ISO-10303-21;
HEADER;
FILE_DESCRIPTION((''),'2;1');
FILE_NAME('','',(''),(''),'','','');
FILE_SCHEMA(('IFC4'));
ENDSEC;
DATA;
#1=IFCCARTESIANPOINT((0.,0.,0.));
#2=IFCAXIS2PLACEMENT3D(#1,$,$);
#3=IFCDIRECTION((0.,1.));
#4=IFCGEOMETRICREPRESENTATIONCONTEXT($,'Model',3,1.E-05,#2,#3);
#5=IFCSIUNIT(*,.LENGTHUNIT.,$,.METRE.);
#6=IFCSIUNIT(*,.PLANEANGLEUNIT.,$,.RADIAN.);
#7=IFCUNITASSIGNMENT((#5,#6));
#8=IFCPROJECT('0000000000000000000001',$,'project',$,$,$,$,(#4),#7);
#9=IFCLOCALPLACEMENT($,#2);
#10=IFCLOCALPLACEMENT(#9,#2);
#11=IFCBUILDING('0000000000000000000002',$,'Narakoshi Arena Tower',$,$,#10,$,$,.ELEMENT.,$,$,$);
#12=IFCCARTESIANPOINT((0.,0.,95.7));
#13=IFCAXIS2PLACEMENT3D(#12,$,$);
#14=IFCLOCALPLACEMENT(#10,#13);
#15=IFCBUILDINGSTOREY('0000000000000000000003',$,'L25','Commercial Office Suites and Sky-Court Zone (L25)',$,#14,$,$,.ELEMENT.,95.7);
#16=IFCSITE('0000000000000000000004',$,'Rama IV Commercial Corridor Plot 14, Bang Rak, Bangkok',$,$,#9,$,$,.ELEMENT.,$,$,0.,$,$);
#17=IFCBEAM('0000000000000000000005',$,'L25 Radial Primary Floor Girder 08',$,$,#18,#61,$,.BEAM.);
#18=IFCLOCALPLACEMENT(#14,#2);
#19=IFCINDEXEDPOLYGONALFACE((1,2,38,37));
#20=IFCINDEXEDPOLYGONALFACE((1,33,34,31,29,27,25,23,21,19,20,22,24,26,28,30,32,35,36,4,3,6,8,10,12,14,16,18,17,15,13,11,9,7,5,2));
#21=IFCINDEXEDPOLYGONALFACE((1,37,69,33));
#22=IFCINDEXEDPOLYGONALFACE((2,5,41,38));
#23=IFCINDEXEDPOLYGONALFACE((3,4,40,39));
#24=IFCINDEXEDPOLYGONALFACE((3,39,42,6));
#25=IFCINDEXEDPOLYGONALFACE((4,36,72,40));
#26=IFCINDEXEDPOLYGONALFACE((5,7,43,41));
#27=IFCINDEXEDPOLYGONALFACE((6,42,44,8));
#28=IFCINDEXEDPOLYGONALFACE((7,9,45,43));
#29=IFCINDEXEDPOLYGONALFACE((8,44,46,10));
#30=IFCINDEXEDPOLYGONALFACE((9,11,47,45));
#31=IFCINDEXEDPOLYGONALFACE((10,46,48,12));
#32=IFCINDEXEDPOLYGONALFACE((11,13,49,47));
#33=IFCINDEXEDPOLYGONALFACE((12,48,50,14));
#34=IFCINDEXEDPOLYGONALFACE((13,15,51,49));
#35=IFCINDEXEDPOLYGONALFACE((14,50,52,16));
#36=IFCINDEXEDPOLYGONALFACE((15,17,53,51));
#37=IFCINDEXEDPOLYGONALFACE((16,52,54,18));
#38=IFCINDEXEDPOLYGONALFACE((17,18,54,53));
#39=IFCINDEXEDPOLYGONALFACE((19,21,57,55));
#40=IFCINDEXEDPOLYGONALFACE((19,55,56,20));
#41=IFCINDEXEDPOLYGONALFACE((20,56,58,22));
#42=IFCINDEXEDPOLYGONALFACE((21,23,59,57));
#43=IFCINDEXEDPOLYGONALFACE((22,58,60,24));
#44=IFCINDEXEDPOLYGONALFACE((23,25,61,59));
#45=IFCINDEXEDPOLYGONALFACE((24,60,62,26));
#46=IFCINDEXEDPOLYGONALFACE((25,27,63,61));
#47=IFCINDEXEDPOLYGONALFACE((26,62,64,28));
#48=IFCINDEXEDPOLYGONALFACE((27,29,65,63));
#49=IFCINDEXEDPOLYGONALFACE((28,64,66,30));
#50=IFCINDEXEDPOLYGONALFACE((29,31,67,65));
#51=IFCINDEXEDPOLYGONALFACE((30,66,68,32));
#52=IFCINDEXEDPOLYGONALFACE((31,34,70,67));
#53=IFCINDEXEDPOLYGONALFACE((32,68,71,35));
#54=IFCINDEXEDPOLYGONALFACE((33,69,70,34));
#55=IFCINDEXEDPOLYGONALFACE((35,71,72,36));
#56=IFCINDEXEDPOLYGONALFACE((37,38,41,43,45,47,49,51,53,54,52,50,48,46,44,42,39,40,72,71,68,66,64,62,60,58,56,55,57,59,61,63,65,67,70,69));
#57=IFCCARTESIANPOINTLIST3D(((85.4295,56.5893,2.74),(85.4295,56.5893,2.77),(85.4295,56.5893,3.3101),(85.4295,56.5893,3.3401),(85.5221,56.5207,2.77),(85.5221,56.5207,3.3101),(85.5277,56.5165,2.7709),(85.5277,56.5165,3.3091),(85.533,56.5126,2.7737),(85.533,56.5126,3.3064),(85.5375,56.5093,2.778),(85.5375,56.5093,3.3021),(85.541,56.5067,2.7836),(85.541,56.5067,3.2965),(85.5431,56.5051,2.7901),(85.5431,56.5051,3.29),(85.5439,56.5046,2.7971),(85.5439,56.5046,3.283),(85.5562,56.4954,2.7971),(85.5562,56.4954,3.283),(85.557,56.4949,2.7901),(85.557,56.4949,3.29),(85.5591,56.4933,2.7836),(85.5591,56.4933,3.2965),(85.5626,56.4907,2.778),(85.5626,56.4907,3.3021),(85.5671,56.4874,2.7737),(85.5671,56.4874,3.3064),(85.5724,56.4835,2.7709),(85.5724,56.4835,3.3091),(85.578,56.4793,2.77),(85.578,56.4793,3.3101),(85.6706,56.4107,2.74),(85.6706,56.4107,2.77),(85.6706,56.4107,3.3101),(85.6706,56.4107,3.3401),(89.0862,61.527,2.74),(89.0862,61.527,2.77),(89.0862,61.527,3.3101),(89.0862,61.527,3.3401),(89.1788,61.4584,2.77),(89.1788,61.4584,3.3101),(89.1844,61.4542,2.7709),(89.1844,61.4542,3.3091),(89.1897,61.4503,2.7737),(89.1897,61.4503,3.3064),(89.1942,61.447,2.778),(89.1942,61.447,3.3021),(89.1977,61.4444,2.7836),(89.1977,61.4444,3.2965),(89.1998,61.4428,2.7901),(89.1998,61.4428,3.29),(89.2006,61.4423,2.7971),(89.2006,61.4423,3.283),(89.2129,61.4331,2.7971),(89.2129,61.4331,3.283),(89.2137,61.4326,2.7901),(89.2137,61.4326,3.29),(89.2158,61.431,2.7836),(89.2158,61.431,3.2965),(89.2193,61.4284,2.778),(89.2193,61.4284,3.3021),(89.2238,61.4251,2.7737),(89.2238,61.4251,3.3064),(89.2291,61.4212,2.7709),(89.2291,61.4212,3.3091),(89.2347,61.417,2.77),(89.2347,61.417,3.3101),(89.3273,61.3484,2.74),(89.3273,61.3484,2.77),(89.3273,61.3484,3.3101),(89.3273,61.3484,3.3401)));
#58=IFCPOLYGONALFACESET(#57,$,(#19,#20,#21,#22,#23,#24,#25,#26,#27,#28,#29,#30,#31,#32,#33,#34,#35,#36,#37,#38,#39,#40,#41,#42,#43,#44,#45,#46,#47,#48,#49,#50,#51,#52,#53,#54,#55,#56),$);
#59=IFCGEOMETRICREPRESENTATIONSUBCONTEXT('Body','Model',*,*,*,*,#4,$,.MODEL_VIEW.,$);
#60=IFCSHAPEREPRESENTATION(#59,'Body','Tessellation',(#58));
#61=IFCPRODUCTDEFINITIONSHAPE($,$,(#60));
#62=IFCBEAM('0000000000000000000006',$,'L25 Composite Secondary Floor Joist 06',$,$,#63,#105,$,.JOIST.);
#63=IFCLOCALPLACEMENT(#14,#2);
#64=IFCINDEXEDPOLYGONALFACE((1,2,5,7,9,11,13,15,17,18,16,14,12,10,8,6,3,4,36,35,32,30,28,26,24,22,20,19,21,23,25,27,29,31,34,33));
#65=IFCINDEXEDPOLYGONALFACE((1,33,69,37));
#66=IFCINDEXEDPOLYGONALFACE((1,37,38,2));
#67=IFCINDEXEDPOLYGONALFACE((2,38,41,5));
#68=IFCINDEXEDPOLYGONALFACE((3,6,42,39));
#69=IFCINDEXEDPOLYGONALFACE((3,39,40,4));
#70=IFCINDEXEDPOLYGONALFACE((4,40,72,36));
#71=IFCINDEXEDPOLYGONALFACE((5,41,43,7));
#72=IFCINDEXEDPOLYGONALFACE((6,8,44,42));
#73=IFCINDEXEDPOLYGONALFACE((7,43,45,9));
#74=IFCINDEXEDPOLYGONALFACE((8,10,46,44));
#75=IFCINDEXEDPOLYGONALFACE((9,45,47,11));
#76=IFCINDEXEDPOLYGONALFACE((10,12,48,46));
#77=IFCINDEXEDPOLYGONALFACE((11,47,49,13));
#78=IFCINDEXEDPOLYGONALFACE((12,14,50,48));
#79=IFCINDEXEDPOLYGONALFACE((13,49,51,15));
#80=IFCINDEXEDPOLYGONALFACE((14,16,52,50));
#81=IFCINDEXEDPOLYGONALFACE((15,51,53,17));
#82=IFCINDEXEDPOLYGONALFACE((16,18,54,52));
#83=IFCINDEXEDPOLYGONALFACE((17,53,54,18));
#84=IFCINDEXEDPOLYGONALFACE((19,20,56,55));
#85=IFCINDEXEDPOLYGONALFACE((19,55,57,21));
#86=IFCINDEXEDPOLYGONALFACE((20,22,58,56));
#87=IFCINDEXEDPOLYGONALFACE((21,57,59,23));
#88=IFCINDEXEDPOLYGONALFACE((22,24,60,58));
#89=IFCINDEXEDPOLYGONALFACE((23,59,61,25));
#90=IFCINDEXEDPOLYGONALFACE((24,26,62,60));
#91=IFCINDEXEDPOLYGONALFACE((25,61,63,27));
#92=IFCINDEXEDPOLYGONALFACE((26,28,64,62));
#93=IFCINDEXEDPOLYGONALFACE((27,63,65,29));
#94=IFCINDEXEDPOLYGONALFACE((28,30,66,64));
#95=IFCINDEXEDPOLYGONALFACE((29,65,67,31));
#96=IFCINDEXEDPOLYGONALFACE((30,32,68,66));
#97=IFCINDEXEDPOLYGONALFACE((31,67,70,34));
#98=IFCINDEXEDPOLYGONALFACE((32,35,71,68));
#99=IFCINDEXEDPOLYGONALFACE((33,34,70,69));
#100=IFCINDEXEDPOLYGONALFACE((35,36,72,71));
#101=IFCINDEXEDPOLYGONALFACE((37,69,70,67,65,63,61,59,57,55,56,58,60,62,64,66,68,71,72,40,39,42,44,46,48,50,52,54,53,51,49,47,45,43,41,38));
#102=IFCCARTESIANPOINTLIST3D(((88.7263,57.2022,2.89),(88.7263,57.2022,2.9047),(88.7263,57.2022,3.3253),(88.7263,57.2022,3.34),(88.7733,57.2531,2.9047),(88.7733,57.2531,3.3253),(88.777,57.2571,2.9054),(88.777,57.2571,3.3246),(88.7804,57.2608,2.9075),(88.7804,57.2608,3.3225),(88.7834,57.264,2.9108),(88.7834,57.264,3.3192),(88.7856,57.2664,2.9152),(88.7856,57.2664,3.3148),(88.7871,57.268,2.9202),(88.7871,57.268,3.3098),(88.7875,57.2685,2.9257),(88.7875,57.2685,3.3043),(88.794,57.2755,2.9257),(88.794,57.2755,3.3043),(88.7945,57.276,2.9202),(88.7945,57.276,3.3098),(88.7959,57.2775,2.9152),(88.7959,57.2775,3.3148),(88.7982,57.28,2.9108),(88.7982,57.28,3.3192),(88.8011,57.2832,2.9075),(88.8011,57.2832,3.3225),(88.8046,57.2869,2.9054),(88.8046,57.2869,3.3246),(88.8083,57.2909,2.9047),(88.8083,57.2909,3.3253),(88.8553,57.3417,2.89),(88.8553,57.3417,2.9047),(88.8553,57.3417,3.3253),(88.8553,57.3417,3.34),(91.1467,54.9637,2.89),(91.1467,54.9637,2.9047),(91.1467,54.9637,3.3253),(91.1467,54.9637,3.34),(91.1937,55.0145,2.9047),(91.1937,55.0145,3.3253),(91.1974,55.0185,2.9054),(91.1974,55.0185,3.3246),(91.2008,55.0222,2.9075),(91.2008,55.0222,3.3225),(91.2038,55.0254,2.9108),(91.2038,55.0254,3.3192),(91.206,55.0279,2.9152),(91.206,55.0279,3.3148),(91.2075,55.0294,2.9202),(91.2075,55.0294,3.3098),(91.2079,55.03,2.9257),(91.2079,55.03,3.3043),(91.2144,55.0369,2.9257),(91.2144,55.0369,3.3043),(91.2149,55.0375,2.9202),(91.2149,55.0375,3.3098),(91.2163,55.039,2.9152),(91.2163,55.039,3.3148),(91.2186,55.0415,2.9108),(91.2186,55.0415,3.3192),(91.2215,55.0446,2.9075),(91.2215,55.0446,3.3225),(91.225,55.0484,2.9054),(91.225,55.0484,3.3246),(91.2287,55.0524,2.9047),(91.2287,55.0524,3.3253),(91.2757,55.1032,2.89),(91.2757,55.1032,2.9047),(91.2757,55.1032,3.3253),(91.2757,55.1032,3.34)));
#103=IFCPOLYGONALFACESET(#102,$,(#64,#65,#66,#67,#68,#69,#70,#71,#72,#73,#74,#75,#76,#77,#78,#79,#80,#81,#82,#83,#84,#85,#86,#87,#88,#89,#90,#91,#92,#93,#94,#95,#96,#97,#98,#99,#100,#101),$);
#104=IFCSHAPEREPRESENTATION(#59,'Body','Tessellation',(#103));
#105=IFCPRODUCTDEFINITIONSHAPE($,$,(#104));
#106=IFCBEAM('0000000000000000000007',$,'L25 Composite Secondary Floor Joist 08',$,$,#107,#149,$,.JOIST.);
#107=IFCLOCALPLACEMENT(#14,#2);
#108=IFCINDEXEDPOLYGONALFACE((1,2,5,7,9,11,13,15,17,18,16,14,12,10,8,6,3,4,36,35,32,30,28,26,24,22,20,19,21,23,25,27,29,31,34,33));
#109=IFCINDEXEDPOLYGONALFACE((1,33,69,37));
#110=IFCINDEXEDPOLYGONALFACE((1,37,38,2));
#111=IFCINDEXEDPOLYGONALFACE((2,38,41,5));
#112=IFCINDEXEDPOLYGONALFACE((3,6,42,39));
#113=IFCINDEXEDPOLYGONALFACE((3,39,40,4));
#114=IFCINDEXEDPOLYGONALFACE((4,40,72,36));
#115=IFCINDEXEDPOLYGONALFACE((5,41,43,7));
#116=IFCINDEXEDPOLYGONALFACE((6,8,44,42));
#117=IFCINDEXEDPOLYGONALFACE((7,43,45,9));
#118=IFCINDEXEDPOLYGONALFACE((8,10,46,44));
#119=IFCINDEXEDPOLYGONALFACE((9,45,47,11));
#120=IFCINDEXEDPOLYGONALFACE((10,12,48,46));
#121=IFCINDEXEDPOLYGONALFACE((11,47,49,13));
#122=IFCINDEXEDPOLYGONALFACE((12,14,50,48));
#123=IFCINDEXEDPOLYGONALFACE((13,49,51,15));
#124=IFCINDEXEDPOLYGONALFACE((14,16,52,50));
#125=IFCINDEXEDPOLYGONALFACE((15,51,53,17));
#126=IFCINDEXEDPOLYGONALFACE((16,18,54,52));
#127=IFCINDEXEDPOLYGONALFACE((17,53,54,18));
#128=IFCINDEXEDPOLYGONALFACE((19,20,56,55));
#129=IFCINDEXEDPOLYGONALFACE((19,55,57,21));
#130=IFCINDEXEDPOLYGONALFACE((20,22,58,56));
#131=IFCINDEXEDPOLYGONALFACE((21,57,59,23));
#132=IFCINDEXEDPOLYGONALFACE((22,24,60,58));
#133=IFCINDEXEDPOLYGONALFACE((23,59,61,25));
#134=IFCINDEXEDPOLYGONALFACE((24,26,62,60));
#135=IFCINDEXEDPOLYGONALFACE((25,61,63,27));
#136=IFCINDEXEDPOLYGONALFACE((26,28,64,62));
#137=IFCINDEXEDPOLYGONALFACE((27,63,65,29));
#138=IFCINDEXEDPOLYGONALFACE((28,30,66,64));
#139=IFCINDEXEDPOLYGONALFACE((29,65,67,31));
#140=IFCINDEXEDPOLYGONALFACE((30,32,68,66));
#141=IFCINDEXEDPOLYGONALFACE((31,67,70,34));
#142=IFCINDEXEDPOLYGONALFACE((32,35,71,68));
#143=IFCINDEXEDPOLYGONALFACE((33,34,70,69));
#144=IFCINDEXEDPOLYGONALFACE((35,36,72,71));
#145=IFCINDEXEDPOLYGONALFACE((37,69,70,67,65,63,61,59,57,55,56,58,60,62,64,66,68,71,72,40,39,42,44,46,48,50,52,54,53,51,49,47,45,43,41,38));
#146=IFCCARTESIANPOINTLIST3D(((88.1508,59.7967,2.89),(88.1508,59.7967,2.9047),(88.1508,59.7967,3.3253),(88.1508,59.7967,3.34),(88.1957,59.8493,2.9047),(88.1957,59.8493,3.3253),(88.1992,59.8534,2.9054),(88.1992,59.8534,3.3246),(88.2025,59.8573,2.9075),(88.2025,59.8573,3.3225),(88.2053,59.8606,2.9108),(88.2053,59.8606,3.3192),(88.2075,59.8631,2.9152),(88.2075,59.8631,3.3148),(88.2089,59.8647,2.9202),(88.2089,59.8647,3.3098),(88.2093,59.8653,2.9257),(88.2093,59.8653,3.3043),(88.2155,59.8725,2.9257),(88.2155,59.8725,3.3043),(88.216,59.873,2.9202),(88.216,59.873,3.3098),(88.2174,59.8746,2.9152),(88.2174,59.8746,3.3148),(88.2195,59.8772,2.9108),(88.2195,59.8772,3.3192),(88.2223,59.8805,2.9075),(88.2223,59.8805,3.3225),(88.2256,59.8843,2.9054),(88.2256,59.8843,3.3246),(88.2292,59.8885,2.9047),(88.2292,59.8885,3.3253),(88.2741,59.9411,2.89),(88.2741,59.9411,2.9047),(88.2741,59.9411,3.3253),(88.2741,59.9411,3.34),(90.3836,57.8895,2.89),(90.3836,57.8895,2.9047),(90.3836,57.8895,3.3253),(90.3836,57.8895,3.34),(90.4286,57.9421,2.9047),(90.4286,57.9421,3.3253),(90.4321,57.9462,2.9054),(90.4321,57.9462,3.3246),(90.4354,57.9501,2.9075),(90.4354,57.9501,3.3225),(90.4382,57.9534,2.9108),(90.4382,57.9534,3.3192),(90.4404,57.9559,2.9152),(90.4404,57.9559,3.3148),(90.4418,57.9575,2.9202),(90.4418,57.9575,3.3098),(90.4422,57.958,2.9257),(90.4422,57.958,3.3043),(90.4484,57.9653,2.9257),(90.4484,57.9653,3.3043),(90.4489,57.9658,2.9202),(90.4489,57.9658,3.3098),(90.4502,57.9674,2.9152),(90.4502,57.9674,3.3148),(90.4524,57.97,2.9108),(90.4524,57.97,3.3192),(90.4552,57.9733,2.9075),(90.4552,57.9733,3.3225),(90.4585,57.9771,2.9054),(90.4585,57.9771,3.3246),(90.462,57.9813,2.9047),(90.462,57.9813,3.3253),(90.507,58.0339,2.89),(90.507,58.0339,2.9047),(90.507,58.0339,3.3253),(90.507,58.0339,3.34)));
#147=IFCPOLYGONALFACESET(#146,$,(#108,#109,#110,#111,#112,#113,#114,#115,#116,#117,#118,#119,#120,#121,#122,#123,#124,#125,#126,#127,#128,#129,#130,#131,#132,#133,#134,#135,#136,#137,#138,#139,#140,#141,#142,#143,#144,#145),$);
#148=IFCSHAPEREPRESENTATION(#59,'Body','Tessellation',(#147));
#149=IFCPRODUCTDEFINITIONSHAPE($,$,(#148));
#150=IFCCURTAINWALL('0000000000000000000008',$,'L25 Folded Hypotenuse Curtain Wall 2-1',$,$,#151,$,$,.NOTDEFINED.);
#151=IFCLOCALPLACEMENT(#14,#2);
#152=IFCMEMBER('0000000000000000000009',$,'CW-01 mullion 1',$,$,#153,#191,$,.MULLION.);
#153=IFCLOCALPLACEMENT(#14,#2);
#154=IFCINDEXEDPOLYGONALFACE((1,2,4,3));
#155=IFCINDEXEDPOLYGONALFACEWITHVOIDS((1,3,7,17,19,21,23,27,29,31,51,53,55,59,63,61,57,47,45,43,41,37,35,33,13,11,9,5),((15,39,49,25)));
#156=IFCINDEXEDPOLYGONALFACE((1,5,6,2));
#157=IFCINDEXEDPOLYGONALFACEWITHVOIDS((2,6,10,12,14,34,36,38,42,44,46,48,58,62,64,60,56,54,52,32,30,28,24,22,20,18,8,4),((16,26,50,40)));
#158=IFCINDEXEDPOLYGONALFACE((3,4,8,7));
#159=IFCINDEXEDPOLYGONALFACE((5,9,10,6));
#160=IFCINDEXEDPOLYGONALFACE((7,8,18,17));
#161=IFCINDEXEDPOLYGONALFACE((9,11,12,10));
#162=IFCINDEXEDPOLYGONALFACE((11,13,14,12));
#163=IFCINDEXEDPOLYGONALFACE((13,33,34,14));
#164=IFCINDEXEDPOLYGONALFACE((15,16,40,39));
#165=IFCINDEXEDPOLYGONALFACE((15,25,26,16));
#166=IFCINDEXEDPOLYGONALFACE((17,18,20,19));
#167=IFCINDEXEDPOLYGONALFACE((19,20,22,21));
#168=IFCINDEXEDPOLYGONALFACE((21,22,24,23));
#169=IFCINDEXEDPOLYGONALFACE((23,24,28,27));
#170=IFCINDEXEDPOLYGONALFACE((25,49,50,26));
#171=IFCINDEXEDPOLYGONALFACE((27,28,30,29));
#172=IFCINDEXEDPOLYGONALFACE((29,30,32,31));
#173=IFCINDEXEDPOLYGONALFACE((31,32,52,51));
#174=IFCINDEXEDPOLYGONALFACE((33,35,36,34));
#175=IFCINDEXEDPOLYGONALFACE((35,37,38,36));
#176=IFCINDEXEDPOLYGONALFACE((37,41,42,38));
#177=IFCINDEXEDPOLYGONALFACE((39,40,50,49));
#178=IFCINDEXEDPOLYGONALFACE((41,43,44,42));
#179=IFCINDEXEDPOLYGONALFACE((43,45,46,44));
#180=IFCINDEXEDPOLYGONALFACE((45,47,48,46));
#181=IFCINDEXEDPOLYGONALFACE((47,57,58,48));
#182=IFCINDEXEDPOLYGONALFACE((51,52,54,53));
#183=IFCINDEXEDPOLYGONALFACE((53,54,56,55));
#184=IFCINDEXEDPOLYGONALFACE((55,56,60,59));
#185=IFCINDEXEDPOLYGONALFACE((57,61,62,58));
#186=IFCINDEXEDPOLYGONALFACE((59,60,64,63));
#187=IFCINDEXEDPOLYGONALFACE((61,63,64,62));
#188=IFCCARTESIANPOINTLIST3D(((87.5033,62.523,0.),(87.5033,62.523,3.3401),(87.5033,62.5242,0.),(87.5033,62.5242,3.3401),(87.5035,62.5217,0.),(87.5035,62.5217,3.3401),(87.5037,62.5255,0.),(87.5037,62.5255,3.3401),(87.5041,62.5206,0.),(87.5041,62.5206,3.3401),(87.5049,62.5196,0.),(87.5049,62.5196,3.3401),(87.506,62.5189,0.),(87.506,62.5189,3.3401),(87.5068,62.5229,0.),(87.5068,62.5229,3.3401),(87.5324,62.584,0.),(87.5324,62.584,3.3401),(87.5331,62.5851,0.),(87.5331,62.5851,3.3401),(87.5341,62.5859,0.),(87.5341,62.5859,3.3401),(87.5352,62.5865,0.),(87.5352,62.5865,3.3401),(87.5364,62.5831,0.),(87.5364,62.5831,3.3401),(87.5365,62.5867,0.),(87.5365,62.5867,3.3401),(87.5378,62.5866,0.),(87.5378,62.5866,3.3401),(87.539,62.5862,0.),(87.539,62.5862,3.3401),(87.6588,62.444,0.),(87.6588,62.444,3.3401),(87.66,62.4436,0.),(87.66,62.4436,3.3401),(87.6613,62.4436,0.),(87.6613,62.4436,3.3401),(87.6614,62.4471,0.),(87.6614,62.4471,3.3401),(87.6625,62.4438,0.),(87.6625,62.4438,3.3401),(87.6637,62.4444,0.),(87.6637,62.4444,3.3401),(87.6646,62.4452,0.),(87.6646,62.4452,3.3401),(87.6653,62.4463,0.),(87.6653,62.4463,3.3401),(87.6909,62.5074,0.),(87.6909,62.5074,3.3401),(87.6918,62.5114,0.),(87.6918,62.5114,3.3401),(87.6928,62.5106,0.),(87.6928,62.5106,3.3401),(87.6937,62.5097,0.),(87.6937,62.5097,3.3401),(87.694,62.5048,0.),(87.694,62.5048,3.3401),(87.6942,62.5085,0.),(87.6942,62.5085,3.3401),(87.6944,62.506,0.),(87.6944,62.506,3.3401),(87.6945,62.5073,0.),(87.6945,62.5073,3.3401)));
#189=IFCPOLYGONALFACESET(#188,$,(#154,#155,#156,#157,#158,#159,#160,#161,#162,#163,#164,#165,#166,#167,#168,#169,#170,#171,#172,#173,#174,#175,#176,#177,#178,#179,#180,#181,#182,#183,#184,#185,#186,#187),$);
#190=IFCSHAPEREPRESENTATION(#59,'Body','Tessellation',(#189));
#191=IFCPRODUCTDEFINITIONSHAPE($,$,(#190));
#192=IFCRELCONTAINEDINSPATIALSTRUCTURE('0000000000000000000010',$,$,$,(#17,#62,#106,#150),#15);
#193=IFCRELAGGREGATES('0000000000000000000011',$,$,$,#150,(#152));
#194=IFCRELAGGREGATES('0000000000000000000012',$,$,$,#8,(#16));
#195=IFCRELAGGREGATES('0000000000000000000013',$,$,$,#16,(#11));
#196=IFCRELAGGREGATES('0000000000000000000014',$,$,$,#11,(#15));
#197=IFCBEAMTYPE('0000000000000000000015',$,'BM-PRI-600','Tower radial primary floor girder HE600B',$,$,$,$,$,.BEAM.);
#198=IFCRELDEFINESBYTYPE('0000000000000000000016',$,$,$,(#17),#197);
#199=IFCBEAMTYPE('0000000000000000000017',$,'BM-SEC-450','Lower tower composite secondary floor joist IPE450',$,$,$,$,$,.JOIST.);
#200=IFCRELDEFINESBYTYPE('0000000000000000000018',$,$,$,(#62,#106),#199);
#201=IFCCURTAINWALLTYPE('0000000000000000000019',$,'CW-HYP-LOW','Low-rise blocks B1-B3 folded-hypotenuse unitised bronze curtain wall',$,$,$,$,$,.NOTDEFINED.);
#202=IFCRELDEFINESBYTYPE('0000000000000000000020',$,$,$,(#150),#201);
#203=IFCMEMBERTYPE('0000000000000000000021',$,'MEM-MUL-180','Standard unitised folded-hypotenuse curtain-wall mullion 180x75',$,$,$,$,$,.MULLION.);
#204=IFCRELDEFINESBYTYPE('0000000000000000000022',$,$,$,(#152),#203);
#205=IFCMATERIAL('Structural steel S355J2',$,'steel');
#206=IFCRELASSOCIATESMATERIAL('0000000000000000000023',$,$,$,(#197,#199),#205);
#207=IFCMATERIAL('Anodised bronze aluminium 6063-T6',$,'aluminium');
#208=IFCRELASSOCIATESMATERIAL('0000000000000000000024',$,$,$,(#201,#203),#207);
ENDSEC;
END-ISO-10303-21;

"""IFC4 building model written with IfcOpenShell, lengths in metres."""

from ifc_helpers import new_model, si_unit, direction, frame, origin, origin_2d, place, context, subcontext, project, spatial, hollow_rectangle, i_section, extrude, material, material_profile, profile_set, type_object, element, aggregate, save


model = new_model("IFC4")

# Units and contexts
model_context = context("Model", 3, precision=1e-05, world=origin(), true_north=direction((0.0, 1.0)))
body_context = subcontext(model_context, "Body", "Model", "MODEL_VIEW")
ifc_project = project(units=[si_unit("LENGTHUNIT", "METRE"), si_unit("PLANEANGLEUNIT", "RADIAN")], contexts=[model_context])

# Site, building, storey
site_placement = place(None, origin())
site = spatial("IfcSite", under=ifc_project, at=site_placement, Name="Rama IV Commercial Corridor Plot 14, Bang Rak, Bangkok", CompositionType="ELEMENT", RefElevation=0.0)
building_placement = place(site_placement, origin())
building = spatial("IfcBuilding", under=site, at=building_placement, Name="Narakoshi Arena Tower", CompositionType="ELEMENT")
storey_placement = place(building_placement, frame((0.0, 0.0, 95.7)))
storey = spatial("IfcBuildingStorey", under=building, at=storey_placement, Name="L25", Description="Commercial Office Suites and Sky-Court Zone (L25)", CompositionType="ELEMENT", Elevation=95.7)

# Beams
ifc_material_1 = material(Name="Structural steel S355J2", Category="steel")
ifc_material_profile_1 = material_profile(ifc_material_1, i_section(OverallWidth=0.3, OverallDepth=0.6001, WebThickness=0.0154, FlangeThickness=0.03, FilletRadius=0.0271, at=origin_2d()), Name="HE600B")
ifc_profile_set_1 = profile_set([ifc_material_profile_1], Name="Structural steel S355J2")
beam_type_1 = type_object("IfcBeamType", Name="BM-PRI-600", Description="Tower radial primary floor girder HE600B", PredefinedType="BEAM", material=ifc_profile_set_1)
beam_1_placement = place(storey_placement, frame((85.55, 56.5, 3.04), z_axis=(0.595138, 0.803623, 0.0), x_axis=(-0.803623, 0.595138, 0.0)))
element("IfcBeam", 1, at=beam_1_placement, inside=storey, type_object=beam_type_1, Name="L25 Radial Primary Floor Girder 08", PredefinedType="BEAM", context=body_context, shape_type="SweptSolid", body=[
    extrude(i_section(OverallWidth=0.3, OverallDepth=0.6001, WebThickness=0.0154, FlangeThickness=0.03, FilletRadius=0.0271, at=origin_2d()), origin(), (0.0, 0.0, 1.0), 6.1443),
])
ifc_material_profile_2 = material_profile(ifc_material_1, i_section(OverallWidth=0.1899, OverallDepth=0.45, WebThickness=0.0095, FlangeThickness=0.0146, FilletRadius=0.021, at=origin_2d()), Name="IPE450")
ifc_profile_set_2 = profile_set([ifc_material_profile_2], Name="Structural steel S355J2")
beam_type_2 = type_object("IfcBeamType", Name="BM-SEC-450", Description="Lower tower composite secondary floor joist IPE450", PredefinedType="JOIST", material=ifc_profile_set_2)
beam_2_placement = place(storey_placement, frame((91.2112, 55.0334, 3.115), z_axis=(-0.734153, 0.678984, 0.0), x_axis=(-0.678984, -0.734153, 0.0)))
element("IfcBeam", 2, at=beam_2_placement, inside=storey, type_object=beam_type_2, Name="L25 Composite Secondary Floor Joist 06", PredefinedType="JOIST", context=body_context, shape_type="SweptSolid", body=[
    extrude(i_section(OverallWidth=0.1899, OverallDepth=0.45, WebThickness=0.0095, FlangeThickness=0.0146, FilletRadius=0.021, at=origin_2d()), origin(), (0.0, 0.0, 1.0), 3.2969),
])
beam_3_placement = place(storey_placement, frame((90.4453, 57.9617, 3.115), z_axis=(-0.760382, 0.649476, 0.0), x_axis=(-0.649476, -0.760382, 0.0)))
element("IfcBeam", 3, at=beam_3_placement, inside=storey, type_object=beam_type_2, Name="L25 Composite Secondary Floor Joist 08", PredefinedType="JOIST", context=body_context, shape_type="SweptSolid", body=[
    extrude(i_section(OverallWidth=0.1899, OverallDepth=0.45, WebThickness=0.0095, FlangeThickness=0.0146, FilletRadius=0.021, at=origin_2d()), origin(), (0.0, 0.0, 1.0), 2.9365),
])

# Curtain wall, member
ifc_material_2 = material(Name="Anodised bronze aluminium 6063-T6", Category="aluminium")
curtain_wall_type = type_object("IfcCurtainWallType", Name="CW-HYP-LOW", Description="Low-rise blocks B1-B3 folded-hypotenuse unitised bronze curtain wall", PredefinedType="NOTDEFINED", material=ifc_material_2)
curtain_wall_placement = place(storey_placement, origin())
curtain_wall = element("IfcCurtainWall", 4, at=curtain_wall_placement, inside=storey, type_object=curtain_wall_type, Name="L25 Folded Hypotenuse Curtain Wall 2-1", PredefinedType="NOTDEFINED")
ifc_material_profile_3 = material_profile(ifc_material_2, hollow_rectangle(XDim=0.075, YDim=0.1799, WallThickness=0.0039, OuterFilletRadius=0.0049, at=origin_2d()), Name="MUL180x75x4")
ifc_profile_set_3 = profile_set([ifc_material_profile_3], Name="Anodised bronze aluminium 6063-T6")
member_type_1 = type_object("IfcMemberType", Name="MEM-MUL-180", Description="Standard unitised folded-hypotenuse curtain-wall mullion 180x75", PredefinedType="MULLION", material=ifc_profile_set_3)
member_1_placement = place(storey_placement, frame((87.5989, 62.5151, 0.0), z_axis=(0.0, 0.0, 1.0), x_axis=(-0.440005, -0.897996, 0.0)))
member_1 = element("IfcMember", 5, at=member_1_placement, type_object=member_type_1, Name="CW-01 mullion 1", PredefinedType="MULLION", context=body_context, shape_type="SweptSolid", body=[
    extrude(hollow_rectangle(XDim=0.075, YDim=0.1799, WallThickness=0.0039, OuterFilletRadius=0.0049, at=origin_2d()), origin(), (0.0, 0.0, 1.0), 3.3401),
])
aggregate(curtain_wall, [member_1])

save(model, "model.ifc")
